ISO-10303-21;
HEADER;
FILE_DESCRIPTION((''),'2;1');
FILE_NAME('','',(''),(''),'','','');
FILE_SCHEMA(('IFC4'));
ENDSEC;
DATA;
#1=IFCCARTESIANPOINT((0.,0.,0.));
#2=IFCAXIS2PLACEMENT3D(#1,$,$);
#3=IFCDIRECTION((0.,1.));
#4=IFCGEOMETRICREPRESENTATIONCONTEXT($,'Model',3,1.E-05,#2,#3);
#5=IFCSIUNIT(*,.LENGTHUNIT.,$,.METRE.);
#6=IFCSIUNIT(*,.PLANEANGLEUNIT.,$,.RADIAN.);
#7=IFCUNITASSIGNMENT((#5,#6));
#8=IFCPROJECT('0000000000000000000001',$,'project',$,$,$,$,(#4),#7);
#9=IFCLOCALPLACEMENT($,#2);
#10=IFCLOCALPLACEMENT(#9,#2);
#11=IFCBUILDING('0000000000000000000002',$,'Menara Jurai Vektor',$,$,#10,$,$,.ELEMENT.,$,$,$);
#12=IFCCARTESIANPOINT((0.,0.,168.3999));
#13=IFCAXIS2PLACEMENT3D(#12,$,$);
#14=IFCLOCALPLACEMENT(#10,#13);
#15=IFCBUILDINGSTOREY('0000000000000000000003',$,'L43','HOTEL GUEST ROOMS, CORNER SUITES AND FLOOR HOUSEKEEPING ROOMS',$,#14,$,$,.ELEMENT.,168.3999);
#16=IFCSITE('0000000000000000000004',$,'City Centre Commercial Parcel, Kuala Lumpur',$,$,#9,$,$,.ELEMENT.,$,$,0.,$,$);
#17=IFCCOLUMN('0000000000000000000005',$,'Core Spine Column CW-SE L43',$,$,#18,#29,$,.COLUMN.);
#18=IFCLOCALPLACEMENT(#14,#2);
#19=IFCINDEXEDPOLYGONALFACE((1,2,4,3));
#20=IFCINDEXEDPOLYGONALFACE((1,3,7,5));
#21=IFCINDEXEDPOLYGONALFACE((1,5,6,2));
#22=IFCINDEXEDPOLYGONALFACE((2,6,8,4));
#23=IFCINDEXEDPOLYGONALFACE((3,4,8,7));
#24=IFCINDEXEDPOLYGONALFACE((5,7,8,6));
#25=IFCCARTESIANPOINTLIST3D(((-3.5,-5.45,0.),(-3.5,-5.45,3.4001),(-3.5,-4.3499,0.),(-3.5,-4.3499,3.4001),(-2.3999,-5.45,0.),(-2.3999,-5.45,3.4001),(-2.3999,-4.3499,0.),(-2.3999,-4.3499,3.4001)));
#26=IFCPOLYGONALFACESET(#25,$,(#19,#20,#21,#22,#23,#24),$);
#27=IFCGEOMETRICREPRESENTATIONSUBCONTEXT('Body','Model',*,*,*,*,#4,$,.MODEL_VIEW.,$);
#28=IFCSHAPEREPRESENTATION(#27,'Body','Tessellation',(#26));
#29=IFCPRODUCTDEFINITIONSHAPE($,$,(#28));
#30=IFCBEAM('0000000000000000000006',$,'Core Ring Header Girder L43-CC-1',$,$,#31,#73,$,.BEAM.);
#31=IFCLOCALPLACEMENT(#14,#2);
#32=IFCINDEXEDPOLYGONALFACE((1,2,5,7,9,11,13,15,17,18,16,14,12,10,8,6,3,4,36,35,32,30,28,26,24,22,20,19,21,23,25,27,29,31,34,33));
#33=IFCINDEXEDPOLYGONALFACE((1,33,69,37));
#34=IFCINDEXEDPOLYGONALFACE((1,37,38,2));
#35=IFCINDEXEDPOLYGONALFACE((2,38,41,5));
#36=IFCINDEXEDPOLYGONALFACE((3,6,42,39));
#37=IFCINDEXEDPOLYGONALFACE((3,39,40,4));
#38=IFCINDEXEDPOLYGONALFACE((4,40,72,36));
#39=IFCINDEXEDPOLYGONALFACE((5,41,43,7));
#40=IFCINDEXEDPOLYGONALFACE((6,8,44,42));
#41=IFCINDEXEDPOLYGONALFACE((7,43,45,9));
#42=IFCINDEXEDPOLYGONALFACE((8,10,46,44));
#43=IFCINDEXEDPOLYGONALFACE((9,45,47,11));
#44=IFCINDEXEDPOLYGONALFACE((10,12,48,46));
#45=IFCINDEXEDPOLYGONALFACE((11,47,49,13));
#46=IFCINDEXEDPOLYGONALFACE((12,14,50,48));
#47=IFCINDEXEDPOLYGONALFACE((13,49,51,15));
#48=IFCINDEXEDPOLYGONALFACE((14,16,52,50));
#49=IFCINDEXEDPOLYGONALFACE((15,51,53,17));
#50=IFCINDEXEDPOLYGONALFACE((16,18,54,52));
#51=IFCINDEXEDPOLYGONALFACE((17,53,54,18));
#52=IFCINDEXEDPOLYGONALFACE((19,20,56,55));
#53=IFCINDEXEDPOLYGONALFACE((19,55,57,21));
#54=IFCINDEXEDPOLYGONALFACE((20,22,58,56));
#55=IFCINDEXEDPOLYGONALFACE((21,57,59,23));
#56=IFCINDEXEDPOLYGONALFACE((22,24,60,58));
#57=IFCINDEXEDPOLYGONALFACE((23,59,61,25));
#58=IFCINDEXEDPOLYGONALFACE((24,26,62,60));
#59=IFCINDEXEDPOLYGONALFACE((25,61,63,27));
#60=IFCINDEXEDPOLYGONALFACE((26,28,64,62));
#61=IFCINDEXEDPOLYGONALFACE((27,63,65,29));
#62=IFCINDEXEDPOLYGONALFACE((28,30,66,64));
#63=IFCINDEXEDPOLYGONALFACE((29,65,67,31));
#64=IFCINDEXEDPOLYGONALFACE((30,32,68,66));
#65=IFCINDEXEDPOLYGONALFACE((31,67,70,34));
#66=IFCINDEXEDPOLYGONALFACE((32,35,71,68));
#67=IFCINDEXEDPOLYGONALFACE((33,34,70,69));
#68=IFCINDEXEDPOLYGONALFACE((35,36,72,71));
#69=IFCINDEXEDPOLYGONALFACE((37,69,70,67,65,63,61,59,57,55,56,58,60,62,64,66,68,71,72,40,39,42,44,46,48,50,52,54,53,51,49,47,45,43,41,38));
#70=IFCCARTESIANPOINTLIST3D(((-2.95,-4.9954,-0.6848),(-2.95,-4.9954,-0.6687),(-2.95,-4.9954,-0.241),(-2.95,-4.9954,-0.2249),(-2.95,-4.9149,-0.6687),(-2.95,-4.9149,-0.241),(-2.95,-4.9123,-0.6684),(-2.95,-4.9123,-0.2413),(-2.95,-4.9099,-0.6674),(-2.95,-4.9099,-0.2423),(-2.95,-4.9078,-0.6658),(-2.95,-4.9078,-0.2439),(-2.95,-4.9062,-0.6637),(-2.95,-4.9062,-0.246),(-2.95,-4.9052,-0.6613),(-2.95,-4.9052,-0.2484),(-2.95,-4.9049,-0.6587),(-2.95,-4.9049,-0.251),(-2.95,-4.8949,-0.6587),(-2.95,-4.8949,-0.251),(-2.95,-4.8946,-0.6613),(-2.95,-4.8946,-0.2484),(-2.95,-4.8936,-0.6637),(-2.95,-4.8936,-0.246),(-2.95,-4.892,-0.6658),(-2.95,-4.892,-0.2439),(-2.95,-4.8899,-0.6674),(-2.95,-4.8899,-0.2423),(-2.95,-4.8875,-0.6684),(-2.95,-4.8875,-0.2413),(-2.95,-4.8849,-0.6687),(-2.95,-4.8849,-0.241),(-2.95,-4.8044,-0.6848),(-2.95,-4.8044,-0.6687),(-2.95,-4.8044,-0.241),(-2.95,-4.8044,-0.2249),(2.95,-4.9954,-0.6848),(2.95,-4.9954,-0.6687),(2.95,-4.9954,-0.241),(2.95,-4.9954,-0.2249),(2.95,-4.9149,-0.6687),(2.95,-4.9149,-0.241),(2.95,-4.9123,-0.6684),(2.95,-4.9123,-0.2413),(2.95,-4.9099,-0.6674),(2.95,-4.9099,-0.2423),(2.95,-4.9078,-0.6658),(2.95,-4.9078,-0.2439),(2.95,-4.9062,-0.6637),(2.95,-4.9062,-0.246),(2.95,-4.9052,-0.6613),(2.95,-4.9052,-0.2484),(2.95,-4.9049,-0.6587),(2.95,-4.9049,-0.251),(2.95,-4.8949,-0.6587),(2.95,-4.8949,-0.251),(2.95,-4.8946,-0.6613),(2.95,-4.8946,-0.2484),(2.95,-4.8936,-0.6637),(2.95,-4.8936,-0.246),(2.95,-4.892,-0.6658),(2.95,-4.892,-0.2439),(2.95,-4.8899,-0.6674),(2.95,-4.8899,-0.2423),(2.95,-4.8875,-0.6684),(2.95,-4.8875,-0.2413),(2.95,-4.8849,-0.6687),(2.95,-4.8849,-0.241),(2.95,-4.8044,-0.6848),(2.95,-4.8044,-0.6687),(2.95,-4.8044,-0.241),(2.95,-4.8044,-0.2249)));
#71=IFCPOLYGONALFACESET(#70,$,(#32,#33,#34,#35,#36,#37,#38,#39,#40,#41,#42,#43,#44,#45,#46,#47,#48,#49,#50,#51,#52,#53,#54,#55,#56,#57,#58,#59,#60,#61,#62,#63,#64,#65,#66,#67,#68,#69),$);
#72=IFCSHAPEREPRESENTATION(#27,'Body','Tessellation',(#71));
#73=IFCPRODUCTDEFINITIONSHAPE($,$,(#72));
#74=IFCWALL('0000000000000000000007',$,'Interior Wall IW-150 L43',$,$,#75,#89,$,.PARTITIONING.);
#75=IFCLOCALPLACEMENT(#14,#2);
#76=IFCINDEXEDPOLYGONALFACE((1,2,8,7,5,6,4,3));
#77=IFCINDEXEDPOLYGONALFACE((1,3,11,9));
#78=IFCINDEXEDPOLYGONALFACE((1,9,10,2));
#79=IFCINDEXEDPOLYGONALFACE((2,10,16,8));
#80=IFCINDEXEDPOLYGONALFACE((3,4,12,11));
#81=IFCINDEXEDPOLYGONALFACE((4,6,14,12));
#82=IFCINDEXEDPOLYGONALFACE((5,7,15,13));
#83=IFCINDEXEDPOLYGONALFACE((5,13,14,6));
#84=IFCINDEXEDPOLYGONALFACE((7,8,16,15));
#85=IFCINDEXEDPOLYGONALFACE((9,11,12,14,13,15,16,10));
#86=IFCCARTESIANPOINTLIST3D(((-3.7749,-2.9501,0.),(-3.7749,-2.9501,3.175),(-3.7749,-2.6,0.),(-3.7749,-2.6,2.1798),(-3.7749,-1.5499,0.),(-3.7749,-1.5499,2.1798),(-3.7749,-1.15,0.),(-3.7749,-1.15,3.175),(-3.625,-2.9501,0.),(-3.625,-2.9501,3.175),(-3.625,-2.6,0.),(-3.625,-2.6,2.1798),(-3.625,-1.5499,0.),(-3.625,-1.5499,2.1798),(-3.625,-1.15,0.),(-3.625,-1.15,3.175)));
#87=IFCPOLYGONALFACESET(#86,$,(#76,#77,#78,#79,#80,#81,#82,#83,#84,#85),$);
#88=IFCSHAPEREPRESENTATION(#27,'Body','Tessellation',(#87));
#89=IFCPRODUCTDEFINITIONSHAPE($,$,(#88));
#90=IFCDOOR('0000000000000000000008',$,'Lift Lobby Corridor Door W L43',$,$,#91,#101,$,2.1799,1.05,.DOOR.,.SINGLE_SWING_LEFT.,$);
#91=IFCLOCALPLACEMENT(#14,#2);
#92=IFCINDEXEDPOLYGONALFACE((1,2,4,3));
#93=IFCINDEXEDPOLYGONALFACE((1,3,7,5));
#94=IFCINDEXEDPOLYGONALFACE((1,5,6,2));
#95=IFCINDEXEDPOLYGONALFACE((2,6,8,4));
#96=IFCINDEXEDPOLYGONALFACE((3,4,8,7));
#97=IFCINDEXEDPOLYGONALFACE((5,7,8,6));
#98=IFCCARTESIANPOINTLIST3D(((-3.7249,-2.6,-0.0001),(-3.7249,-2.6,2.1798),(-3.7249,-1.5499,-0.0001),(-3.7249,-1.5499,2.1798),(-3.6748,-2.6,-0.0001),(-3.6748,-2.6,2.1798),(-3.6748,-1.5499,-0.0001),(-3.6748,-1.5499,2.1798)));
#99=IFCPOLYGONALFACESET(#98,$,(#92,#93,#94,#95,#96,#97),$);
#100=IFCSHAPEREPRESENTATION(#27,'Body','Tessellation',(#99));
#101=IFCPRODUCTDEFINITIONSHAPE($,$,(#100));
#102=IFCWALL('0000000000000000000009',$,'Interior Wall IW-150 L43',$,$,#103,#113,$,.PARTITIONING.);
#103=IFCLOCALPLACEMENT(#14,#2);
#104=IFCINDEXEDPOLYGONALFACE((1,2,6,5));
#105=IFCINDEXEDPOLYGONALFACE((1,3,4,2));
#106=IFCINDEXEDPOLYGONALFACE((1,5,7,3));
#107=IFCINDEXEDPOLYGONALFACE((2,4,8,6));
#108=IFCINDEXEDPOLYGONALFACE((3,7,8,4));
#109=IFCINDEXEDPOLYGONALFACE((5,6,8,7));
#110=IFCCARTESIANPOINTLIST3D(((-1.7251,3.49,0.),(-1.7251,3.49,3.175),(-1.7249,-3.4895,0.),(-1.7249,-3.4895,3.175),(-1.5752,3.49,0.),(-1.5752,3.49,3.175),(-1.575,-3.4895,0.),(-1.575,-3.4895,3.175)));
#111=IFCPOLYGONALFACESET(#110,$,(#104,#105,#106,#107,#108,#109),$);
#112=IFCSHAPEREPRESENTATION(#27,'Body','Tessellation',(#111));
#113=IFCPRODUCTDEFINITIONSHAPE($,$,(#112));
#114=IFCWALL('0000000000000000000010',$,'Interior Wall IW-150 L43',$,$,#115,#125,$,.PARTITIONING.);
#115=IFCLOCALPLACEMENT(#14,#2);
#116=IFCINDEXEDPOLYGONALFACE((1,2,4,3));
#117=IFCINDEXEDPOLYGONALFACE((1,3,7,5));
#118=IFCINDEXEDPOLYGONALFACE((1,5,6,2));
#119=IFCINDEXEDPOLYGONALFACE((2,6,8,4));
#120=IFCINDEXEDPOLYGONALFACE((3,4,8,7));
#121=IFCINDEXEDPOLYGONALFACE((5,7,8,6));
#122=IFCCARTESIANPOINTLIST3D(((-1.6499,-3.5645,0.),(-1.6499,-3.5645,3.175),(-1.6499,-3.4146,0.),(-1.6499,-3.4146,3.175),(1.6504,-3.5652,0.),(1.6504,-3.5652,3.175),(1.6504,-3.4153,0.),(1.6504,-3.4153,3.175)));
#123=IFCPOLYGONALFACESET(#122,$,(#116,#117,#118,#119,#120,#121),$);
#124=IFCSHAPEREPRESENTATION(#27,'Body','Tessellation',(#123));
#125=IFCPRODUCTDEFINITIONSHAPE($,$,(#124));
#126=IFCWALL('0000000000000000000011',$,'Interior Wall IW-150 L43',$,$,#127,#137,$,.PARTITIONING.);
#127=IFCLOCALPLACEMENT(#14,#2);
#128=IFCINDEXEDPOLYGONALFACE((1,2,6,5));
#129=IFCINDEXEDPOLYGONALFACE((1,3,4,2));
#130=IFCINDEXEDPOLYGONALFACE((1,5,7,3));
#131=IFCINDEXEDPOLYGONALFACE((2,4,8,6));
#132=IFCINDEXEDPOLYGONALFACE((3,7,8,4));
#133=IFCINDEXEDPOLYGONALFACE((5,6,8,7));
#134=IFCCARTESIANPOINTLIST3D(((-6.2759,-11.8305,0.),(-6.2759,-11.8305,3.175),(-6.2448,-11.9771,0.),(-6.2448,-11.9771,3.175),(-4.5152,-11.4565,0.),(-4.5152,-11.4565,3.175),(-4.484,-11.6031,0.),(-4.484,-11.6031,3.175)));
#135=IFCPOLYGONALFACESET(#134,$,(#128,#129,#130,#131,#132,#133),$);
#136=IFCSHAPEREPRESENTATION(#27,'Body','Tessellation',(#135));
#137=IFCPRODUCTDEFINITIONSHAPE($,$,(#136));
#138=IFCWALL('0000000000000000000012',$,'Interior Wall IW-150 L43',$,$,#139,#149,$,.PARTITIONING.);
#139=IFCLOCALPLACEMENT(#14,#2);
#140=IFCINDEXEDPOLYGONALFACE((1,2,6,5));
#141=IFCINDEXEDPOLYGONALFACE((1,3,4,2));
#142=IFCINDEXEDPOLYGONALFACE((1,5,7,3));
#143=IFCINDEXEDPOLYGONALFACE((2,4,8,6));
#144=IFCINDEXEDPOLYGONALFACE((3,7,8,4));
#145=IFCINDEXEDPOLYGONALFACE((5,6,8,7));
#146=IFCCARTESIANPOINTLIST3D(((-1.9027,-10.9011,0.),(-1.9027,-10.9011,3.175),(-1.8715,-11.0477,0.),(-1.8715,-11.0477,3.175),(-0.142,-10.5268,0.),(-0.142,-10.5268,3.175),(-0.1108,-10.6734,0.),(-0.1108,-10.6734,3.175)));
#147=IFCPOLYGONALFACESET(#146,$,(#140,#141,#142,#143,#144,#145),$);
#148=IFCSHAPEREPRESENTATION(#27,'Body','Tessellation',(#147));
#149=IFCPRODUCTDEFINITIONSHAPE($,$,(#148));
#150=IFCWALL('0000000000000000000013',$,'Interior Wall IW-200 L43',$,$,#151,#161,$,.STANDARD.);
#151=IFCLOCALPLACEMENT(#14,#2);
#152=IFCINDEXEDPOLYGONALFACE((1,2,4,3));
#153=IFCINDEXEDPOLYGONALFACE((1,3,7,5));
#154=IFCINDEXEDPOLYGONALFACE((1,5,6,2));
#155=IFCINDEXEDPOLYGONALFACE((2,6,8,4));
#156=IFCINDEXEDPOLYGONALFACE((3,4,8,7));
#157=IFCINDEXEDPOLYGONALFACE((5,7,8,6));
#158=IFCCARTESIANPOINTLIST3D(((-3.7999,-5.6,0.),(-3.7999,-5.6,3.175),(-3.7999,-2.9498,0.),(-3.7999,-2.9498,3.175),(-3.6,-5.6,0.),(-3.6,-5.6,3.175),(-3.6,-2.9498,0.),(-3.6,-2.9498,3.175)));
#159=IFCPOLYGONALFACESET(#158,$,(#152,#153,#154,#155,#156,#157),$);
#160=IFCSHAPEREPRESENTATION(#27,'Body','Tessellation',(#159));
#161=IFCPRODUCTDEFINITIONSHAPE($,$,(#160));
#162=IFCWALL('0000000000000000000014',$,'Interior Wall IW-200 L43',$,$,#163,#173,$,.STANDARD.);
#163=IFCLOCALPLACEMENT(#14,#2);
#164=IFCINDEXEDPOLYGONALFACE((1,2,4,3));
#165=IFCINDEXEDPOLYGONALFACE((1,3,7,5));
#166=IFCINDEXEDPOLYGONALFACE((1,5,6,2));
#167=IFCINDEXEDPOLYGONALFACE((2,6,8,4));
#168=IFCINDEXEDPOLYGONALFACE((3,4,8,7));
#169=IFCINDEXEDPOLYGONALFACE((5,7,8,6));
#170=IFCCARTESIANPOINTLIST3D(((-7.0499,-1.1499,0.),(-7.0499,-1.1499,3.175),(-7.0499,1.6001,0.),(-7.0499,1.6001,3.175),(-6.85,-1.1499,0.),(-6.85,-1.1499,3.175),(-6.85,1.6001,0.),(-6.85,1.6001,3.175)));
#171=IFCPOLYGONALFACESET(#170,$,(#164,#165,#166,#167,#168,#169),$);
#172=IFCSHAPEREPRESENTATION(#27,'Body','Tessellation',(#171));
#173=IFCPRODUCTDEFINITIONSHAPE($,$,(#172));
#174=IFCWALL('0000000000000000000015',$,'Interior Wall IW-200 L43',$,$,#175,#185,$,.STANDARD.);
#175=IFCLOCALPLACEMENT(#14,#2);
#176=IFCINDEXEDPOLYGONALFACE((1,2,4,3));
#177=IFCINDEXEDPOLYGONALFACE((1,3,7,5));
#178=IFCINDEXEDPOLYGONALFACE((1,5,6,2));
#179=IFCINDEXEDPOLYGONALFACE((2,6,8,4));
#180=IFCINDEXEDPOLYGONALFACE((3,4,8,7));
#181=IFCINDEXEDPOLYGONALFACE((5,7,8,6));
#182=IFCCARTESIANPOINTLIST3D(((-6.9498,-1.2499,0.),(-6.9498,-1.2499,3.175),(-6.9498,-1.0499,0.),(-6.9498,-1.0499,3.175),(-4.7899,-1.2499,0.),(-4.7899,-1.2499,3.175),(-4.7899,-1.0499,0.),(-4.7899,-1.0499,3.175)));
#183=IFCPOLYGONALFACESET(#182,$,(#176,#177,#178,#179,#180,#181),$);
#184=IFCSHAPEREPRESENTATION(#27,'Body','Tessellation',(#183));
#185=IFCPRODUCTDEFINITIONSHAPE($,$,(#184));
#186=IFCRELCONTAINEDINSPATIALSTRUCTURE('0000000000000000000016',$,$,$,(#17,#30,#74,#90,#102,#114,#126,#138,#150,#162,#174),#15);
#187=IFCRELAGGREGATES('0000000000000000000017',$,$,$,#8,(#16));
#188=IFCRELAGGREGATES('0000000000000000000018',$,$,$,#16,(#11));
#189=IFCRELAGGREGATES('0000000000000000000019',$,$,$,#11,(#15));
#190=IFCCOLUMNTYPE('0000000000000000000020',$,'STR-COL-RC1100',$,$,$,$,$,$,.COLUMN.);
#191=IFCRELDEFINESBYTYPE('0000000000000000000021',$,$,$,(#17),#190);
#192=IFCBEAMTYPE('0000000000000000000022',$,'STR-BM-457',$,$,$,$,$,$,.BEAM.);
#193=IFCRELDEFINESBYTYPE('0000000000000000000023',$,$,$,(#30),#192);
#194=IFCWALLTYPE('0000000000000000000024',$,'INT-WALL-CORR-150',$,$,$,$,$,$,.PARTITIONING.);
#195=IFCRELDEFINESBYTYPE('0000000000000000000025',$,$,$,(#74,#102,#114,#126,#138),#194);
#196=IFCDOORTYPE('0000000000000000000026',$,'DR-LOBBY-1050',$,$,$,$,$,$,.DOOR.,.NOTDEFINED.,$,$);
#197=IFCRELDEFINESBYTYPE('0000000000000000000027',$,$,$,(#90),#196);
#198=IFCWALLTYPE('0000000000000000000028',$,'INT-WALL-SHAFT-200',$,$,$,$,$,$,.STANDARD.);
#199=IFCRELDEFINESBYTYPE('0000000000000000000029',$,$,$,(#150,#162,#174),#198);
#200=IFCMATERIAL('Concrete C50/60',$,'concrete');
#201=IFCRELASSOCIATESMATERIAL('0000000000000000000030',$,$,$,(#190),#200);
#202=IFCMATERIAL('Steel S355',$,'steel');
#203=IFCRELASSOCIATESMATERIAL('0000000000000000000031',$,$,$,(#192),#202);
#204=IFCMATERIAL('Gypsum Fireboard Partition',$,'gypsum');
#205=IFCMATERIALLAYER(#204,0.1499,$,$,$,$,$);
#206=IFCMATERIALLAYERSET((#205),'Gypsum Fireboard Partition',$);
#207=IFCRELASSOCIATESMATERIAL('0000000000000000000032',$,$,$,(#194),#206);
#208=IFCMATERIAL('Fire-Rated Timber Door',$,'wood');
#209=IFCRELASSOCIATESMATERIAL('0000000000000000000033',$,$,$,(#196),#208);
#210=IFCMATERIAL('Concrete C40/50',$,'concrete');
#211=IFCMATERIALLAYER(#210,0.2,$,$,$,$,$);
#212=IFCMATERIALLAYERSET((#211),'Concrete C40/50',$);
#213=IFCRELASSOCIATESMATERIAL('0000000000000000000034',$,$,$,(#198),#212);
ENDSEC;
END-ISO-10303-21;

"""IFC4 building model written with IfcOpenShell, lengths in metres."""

from ifc_helpers import new_model, si_unit, direction, frame, frame_2d, origin, origin_2d, place, context, subcontext, project, spatial, rectangle, i_section, extrude, material, layer, layer_set, material_profile, profile_set, type_object, element, fill, save


model = new_model("IFC4")

# Units and contexts
model_context = context("Model", 3, precision=1e-05, world=origin(), true_north=direction((0.0, 1.0)))
body_context = subcontext(model_context, "Body", "Model", "MODEL_VIEW")
ifc_project = project(units=[si_unit("LENGTHUNIT", "METRE"), si_unit("PLANEANGLEUNIT", "RADIAN")], contexts=[model_context])

# Site, building, storey
site_placement = place(None, origin())
site = spatial("IfcSite", under=ifc_project, at=site_placement, Name="City Centre Commercial Parcel, Kuala Lumpur", CompositionType="ELEMENT", RefElevation=0.0)
building_placement = place(site_placement, origin())
building = spatial("IfcBuilding", under=site, at=building_placement, Name="Menara Jurai Vektor", CompositionType="ELEMENT")
storey_placement = place(building_placement, frame((0.0, 0.0, 168.3999)))
storey = spatial("IfcBuildingStorey", under=building, at=storey_placement, Name="L43", Description="HOTEL GUEST ROOMS, CORNER SUITES AND FLOOR HOUSEKEEPING ROOMS", CompositionType="ELEMENT", Elevation=168.3999)

# Column
ifc_material_1 = material(Name="Concrete C50/60", Category="concrete")
ifc_material_profile_1 = material_profile(ifc_material_1, rectangle(XDim=1.1001, YDim=1.1001, at=origin_2d()), Name="RC 1100x1100")
ifc_profile_set_1 = profile_set([ifc_material_profile_1], Name="Concrete C50/60")
column_type = type_object("IfcColumnType", Name="STR-COL-RC1100", PredefinedType="COLUMN", material=ifc_profile_set_1)
column_placement = place(storey_placement, frame((-2.95, -4.8999, 0.0), z_axis=(0.0, 0.0, 1.0), x_axis=(1.0, 0.0, 0.0)))
element("IfcColumn", 1, at=column_placement, inside=storey, type_object=column_type, Name="Core Spine Column CW-SE L43", PredefinedType="COLUMN", context=body_context, shape_type="SweptSolid", body=[
    extrude(rectangle(XDim=1.1001, YDim=1.1001, at=origin_2d()), origin(), (0.0, 0.0, 1.0), 3.4001),
])

# Beam
ifc_material_2 = material(Name="Steel S355", Category="steel")
ifc_material_profile_2 = material_profile(ifc_material_2, i_section(OverallWidth=0.1909, OverallDepth=0.46, WebThickness=0.01, FlangeThickness=0.0161, FilletRadius=0.01, at=origin_2d()), Name="UKB 457x191x82")
ifc_profile_set_2 = profile_set([ifc_material_profile_2], Name="Steel S355")
beam_type = type_object("IfcBeamType", Name="STR-BM-457", PredefinedType="BEAM", material=ifc_profile_set_2)
beam_placement = place(storey_placement, frame((-2.95, -4.8999, -0.4548), z_axis=(1.0, 0.0, 0.0), x_axis=(0.0, 1.0, 0.0)))
element("IfcBeam", 2, at=beam_placement, inside=storey, type_object=beam_type, Name="Core Ring Header Girder L43-CC-1", PredefinedType="BEAM", context=body_context, shape_type="SweptSolid", body=[
    extrude(i_section(OverallWidth=0.1909, OverallDepth=0.46, WebThickness=0.01, FlangeThickness=0.0161, FilletRadius=0.01, at=origin_2d()), origin(), (0.0, 0.0, 1.0), 5.8999),
])

# Wall, opening, door
ifc_material_3 = material(Name="Gypsum Fireboard Partition", Category="gypsum")
ifc_layer_1 = layer(ifc_material_3, 0.1499)
ifc_layer_set_1 = layer_set([ifc_layer_1], Name="Gypsum Fireboard Partition")
wall_type_1 = type_object("IfcWallType", Name="INT-WALL-CORR-150", PredefinedType="PARTITIONING", material=ifc_layer_set_1)
wall_1_placement = place(storey_placement, frame((-3.7, -2.95, 0.0), z_axis=(0.0, 0.0, 1.0), x_axis=(0.0, 1.0, 0.0)))
wall_1 = element("IfcWall", 3, at=wall_1_placement, inside=storey, type_object=wall_type_1, Name="Interior Wall IW-150 L43", PredefinedType="PARTITIONING", context=body_context, shape_type="SweptSolid", body=[
    extrude(rectangle(XDim=1.8, YDim=0.1499, at=frame_2d((0.8999, 0.0))), origin(), (0.0, 0.0, 1.0), 3.175),
])
opening_1_placement = place(wall_1_placement, frame((0.3501, 0.0, 0.0)))
opening_1 = element("IfcOpeningElement", 4, at=opening_1_placement, cuts=wall_1, PredefinedType="OPENING", context=body_context, shape_type="SweptSolid", body=[
    extrude(rectangle(XDim=1.05, YDim=2.1799, at=frame_2d((0.5249, 1.0898))), frame((0.0, 0.085, 0.0), z_axis=(0.0, -1.0, 0.0), x_axis=(1.0, 0.0, 0.0)), (0.0, 0.0, 1.0), 0.1699),
])
ifc_material_4 = material(Name="Fire-Rated Timber Door", Category="wood")
door_type_1 = type_object("IfcDoorType", Name="DR-LOBBY-1050", OperationType="NOTDEFINED", PredefinedType="DOOR", material=ifc_material_4)
door_1_placement = place(opening_1_placement, origin())
door_1 = element("IfcDoor", 5, at=door_1_placement, inside=storey, type_object=door_type_1, Name="Lift Lobby Corridor Door W L43", OperationType="SINGLE_SWING_LEFT", OverallHeight=2.1799, OverallWidth=1.05, PredefinedType="DOOR", context=body_context, shape_type="SweptSolid", body=[
    extrude(rectangle(XDim=1.05, YDim=2.1799, at=frame_2d((0.5249, 1.0898))), frame((0.0, 0.0249, 0.0), z_axis=(0.0, -1.0, 0.0), x_axis=(1.0, 0.0, 0.0)), (0.0, 0.0, 1.0), 0.05),
])
fill(opening_1, door_1)

# Walls
wall_2_placement = place(storey_placement, frame((-1.6499, -3.4895, 0.0), z_axis=(0.0, 0.0, 1.0), x_axis=(-0.000035, 1.0, 0.0)))
element("IfcWall", 6, at=wall_2_placement, inside=storey, type_object=wall_type_1, Name="Interior Wall IW-150 L43", PredefinedType="PARTITIONING", context=body_context, shape_type="SweptSolid", body=[
    extrude(rectangle(XDim=6.9795, YDim=0.1499, at=frame_2d((3.4897, 0.0))), origin(), (0.0, 0.0, 1.0), 3.175),
])
wall_3_placement = place(storey_placement, frame((-1.6499, -3.4895, 0.0), z_axis=(0.0, 0.0, 1.0), x_axis=(1.0, -0.000222, 0.0)))
element("IfcWall", 7, at=wall_3_placement, inside=storey, type_object=wall_type_1, Name="Interior Wall IW-150 L43", PredefinedType="PARTITIONING", context=body_context, shape_type="SweptSolid", body=[
    extrude(rectangle(XDim=3.3003, YDim=0.1499, at=frame_2d((1.6501, 0.0))), origin(), (0.0, 0.0, 1.0), 3.175),
])

# Walls
for number, where, z_axis, x_axis, name in (
    (8, (-6.2603, -11.9038, 0.0), (0.0, 0.0, 1.0), (0.978174, 0.207787, 0.0), "Interior Wall IW-150 L43"),
    (9, (-1.887, -10.9744, 0.0), (0.0, 0.0, 1.0), (0.978146, 0.207917, 0.0), "Interior Wall IW-150 L43"),
):
    element("IfcWall", number, at=place(storey_placement, frame(where, z_axis=z_axis, x_axis=x_axis)), inside=storey, type_object=wall_type_1, Name=name, PredefinedType="PARTITIONING", context=body_context, shape_type="SweptSolid", body=[
        extrude(rectangle(XDim=1.8, YDim=0.1499, at=frame_2d((0.8999, 0.0))), origin(), (0.0, 0.0, 1.0), 3.175),
    ])

# Walls
ifc_material_5 = material(Name="Concrete C40/50", Category="concrete")
ifc_layer_2 = layer(ifc_material_5, 0.2)
ifc_layer_set_2 = layer_set([ifc_layer_2], Name="Concrete C40/50")
wall_type_2 = type_object("IfcWallType", Name="INT-WALL-SHAFT-200", PredefinedType="STANDARD", material=ifc_layer_set_2)
wall_4_placement = place(storey_placement, frame((-3.7, -5.6001, 0.0), z_axis=(0.0, 0.0, 1.0), x_axis=(0.0, 1.0, 0.0)))
element("IfcWall", 10, at=wall_4_placement, inside=storey, type_object=wall_type_2, Name="Interior Wall IW-200 L43", PredefinedType="STANDARD", context=body_context, shape_type="SweptSolid", body=[
    extrude(rectangle(XDim=2.6501, YDim=0.2, at=frame_2d((1.3252, 0.0))), origin(), (0.0, 0.0, 1.0), 3.175),
])
wall_5_placement = place(storey_placement, frame((-6.95, -1.1499, 0.0), z_axis=(0.0, 0.0, 1.0), x_axis=(0.0, 1.0, 0.0)))
element("IfcWall", 11, at=wall_5_placement, inside=storey, type_object=wall_type_2, Name="Interior Wall IW-200 L43", PredefinedType="STANDARD", context=body_context, shape_type="SweptSolid", body=[
    extrude(rectangle(XDim=2.75, YDim=0.2, at=frame_2d((1.375, 0.0))), origin(), (0.0, 0.0, 1.0), 3.175),
])
wall_6_placement = place(storey_placement, frame((-6.95, -1.1499, 0.0), z_axis=(0.0, 0.0, 1.0), x_axis=(1.0, 0.0, 0.0)))
element("IfcWall", 12, at=wall_6_placement, inside=storey, type_object=wall_type_2, Name="Interior Wall IW-200 L43", PredefinedType="STANDARD", context=body_context, shape_type="SweptSolid", body=[
    extrude(rectangle(XDim=2.1599, YDim=0.2, at=frame_2d((1.0801, 0.0))), origin(), (0.0, 0.0, 1.0), 3.175),
])

save(model, "model.ifc")
